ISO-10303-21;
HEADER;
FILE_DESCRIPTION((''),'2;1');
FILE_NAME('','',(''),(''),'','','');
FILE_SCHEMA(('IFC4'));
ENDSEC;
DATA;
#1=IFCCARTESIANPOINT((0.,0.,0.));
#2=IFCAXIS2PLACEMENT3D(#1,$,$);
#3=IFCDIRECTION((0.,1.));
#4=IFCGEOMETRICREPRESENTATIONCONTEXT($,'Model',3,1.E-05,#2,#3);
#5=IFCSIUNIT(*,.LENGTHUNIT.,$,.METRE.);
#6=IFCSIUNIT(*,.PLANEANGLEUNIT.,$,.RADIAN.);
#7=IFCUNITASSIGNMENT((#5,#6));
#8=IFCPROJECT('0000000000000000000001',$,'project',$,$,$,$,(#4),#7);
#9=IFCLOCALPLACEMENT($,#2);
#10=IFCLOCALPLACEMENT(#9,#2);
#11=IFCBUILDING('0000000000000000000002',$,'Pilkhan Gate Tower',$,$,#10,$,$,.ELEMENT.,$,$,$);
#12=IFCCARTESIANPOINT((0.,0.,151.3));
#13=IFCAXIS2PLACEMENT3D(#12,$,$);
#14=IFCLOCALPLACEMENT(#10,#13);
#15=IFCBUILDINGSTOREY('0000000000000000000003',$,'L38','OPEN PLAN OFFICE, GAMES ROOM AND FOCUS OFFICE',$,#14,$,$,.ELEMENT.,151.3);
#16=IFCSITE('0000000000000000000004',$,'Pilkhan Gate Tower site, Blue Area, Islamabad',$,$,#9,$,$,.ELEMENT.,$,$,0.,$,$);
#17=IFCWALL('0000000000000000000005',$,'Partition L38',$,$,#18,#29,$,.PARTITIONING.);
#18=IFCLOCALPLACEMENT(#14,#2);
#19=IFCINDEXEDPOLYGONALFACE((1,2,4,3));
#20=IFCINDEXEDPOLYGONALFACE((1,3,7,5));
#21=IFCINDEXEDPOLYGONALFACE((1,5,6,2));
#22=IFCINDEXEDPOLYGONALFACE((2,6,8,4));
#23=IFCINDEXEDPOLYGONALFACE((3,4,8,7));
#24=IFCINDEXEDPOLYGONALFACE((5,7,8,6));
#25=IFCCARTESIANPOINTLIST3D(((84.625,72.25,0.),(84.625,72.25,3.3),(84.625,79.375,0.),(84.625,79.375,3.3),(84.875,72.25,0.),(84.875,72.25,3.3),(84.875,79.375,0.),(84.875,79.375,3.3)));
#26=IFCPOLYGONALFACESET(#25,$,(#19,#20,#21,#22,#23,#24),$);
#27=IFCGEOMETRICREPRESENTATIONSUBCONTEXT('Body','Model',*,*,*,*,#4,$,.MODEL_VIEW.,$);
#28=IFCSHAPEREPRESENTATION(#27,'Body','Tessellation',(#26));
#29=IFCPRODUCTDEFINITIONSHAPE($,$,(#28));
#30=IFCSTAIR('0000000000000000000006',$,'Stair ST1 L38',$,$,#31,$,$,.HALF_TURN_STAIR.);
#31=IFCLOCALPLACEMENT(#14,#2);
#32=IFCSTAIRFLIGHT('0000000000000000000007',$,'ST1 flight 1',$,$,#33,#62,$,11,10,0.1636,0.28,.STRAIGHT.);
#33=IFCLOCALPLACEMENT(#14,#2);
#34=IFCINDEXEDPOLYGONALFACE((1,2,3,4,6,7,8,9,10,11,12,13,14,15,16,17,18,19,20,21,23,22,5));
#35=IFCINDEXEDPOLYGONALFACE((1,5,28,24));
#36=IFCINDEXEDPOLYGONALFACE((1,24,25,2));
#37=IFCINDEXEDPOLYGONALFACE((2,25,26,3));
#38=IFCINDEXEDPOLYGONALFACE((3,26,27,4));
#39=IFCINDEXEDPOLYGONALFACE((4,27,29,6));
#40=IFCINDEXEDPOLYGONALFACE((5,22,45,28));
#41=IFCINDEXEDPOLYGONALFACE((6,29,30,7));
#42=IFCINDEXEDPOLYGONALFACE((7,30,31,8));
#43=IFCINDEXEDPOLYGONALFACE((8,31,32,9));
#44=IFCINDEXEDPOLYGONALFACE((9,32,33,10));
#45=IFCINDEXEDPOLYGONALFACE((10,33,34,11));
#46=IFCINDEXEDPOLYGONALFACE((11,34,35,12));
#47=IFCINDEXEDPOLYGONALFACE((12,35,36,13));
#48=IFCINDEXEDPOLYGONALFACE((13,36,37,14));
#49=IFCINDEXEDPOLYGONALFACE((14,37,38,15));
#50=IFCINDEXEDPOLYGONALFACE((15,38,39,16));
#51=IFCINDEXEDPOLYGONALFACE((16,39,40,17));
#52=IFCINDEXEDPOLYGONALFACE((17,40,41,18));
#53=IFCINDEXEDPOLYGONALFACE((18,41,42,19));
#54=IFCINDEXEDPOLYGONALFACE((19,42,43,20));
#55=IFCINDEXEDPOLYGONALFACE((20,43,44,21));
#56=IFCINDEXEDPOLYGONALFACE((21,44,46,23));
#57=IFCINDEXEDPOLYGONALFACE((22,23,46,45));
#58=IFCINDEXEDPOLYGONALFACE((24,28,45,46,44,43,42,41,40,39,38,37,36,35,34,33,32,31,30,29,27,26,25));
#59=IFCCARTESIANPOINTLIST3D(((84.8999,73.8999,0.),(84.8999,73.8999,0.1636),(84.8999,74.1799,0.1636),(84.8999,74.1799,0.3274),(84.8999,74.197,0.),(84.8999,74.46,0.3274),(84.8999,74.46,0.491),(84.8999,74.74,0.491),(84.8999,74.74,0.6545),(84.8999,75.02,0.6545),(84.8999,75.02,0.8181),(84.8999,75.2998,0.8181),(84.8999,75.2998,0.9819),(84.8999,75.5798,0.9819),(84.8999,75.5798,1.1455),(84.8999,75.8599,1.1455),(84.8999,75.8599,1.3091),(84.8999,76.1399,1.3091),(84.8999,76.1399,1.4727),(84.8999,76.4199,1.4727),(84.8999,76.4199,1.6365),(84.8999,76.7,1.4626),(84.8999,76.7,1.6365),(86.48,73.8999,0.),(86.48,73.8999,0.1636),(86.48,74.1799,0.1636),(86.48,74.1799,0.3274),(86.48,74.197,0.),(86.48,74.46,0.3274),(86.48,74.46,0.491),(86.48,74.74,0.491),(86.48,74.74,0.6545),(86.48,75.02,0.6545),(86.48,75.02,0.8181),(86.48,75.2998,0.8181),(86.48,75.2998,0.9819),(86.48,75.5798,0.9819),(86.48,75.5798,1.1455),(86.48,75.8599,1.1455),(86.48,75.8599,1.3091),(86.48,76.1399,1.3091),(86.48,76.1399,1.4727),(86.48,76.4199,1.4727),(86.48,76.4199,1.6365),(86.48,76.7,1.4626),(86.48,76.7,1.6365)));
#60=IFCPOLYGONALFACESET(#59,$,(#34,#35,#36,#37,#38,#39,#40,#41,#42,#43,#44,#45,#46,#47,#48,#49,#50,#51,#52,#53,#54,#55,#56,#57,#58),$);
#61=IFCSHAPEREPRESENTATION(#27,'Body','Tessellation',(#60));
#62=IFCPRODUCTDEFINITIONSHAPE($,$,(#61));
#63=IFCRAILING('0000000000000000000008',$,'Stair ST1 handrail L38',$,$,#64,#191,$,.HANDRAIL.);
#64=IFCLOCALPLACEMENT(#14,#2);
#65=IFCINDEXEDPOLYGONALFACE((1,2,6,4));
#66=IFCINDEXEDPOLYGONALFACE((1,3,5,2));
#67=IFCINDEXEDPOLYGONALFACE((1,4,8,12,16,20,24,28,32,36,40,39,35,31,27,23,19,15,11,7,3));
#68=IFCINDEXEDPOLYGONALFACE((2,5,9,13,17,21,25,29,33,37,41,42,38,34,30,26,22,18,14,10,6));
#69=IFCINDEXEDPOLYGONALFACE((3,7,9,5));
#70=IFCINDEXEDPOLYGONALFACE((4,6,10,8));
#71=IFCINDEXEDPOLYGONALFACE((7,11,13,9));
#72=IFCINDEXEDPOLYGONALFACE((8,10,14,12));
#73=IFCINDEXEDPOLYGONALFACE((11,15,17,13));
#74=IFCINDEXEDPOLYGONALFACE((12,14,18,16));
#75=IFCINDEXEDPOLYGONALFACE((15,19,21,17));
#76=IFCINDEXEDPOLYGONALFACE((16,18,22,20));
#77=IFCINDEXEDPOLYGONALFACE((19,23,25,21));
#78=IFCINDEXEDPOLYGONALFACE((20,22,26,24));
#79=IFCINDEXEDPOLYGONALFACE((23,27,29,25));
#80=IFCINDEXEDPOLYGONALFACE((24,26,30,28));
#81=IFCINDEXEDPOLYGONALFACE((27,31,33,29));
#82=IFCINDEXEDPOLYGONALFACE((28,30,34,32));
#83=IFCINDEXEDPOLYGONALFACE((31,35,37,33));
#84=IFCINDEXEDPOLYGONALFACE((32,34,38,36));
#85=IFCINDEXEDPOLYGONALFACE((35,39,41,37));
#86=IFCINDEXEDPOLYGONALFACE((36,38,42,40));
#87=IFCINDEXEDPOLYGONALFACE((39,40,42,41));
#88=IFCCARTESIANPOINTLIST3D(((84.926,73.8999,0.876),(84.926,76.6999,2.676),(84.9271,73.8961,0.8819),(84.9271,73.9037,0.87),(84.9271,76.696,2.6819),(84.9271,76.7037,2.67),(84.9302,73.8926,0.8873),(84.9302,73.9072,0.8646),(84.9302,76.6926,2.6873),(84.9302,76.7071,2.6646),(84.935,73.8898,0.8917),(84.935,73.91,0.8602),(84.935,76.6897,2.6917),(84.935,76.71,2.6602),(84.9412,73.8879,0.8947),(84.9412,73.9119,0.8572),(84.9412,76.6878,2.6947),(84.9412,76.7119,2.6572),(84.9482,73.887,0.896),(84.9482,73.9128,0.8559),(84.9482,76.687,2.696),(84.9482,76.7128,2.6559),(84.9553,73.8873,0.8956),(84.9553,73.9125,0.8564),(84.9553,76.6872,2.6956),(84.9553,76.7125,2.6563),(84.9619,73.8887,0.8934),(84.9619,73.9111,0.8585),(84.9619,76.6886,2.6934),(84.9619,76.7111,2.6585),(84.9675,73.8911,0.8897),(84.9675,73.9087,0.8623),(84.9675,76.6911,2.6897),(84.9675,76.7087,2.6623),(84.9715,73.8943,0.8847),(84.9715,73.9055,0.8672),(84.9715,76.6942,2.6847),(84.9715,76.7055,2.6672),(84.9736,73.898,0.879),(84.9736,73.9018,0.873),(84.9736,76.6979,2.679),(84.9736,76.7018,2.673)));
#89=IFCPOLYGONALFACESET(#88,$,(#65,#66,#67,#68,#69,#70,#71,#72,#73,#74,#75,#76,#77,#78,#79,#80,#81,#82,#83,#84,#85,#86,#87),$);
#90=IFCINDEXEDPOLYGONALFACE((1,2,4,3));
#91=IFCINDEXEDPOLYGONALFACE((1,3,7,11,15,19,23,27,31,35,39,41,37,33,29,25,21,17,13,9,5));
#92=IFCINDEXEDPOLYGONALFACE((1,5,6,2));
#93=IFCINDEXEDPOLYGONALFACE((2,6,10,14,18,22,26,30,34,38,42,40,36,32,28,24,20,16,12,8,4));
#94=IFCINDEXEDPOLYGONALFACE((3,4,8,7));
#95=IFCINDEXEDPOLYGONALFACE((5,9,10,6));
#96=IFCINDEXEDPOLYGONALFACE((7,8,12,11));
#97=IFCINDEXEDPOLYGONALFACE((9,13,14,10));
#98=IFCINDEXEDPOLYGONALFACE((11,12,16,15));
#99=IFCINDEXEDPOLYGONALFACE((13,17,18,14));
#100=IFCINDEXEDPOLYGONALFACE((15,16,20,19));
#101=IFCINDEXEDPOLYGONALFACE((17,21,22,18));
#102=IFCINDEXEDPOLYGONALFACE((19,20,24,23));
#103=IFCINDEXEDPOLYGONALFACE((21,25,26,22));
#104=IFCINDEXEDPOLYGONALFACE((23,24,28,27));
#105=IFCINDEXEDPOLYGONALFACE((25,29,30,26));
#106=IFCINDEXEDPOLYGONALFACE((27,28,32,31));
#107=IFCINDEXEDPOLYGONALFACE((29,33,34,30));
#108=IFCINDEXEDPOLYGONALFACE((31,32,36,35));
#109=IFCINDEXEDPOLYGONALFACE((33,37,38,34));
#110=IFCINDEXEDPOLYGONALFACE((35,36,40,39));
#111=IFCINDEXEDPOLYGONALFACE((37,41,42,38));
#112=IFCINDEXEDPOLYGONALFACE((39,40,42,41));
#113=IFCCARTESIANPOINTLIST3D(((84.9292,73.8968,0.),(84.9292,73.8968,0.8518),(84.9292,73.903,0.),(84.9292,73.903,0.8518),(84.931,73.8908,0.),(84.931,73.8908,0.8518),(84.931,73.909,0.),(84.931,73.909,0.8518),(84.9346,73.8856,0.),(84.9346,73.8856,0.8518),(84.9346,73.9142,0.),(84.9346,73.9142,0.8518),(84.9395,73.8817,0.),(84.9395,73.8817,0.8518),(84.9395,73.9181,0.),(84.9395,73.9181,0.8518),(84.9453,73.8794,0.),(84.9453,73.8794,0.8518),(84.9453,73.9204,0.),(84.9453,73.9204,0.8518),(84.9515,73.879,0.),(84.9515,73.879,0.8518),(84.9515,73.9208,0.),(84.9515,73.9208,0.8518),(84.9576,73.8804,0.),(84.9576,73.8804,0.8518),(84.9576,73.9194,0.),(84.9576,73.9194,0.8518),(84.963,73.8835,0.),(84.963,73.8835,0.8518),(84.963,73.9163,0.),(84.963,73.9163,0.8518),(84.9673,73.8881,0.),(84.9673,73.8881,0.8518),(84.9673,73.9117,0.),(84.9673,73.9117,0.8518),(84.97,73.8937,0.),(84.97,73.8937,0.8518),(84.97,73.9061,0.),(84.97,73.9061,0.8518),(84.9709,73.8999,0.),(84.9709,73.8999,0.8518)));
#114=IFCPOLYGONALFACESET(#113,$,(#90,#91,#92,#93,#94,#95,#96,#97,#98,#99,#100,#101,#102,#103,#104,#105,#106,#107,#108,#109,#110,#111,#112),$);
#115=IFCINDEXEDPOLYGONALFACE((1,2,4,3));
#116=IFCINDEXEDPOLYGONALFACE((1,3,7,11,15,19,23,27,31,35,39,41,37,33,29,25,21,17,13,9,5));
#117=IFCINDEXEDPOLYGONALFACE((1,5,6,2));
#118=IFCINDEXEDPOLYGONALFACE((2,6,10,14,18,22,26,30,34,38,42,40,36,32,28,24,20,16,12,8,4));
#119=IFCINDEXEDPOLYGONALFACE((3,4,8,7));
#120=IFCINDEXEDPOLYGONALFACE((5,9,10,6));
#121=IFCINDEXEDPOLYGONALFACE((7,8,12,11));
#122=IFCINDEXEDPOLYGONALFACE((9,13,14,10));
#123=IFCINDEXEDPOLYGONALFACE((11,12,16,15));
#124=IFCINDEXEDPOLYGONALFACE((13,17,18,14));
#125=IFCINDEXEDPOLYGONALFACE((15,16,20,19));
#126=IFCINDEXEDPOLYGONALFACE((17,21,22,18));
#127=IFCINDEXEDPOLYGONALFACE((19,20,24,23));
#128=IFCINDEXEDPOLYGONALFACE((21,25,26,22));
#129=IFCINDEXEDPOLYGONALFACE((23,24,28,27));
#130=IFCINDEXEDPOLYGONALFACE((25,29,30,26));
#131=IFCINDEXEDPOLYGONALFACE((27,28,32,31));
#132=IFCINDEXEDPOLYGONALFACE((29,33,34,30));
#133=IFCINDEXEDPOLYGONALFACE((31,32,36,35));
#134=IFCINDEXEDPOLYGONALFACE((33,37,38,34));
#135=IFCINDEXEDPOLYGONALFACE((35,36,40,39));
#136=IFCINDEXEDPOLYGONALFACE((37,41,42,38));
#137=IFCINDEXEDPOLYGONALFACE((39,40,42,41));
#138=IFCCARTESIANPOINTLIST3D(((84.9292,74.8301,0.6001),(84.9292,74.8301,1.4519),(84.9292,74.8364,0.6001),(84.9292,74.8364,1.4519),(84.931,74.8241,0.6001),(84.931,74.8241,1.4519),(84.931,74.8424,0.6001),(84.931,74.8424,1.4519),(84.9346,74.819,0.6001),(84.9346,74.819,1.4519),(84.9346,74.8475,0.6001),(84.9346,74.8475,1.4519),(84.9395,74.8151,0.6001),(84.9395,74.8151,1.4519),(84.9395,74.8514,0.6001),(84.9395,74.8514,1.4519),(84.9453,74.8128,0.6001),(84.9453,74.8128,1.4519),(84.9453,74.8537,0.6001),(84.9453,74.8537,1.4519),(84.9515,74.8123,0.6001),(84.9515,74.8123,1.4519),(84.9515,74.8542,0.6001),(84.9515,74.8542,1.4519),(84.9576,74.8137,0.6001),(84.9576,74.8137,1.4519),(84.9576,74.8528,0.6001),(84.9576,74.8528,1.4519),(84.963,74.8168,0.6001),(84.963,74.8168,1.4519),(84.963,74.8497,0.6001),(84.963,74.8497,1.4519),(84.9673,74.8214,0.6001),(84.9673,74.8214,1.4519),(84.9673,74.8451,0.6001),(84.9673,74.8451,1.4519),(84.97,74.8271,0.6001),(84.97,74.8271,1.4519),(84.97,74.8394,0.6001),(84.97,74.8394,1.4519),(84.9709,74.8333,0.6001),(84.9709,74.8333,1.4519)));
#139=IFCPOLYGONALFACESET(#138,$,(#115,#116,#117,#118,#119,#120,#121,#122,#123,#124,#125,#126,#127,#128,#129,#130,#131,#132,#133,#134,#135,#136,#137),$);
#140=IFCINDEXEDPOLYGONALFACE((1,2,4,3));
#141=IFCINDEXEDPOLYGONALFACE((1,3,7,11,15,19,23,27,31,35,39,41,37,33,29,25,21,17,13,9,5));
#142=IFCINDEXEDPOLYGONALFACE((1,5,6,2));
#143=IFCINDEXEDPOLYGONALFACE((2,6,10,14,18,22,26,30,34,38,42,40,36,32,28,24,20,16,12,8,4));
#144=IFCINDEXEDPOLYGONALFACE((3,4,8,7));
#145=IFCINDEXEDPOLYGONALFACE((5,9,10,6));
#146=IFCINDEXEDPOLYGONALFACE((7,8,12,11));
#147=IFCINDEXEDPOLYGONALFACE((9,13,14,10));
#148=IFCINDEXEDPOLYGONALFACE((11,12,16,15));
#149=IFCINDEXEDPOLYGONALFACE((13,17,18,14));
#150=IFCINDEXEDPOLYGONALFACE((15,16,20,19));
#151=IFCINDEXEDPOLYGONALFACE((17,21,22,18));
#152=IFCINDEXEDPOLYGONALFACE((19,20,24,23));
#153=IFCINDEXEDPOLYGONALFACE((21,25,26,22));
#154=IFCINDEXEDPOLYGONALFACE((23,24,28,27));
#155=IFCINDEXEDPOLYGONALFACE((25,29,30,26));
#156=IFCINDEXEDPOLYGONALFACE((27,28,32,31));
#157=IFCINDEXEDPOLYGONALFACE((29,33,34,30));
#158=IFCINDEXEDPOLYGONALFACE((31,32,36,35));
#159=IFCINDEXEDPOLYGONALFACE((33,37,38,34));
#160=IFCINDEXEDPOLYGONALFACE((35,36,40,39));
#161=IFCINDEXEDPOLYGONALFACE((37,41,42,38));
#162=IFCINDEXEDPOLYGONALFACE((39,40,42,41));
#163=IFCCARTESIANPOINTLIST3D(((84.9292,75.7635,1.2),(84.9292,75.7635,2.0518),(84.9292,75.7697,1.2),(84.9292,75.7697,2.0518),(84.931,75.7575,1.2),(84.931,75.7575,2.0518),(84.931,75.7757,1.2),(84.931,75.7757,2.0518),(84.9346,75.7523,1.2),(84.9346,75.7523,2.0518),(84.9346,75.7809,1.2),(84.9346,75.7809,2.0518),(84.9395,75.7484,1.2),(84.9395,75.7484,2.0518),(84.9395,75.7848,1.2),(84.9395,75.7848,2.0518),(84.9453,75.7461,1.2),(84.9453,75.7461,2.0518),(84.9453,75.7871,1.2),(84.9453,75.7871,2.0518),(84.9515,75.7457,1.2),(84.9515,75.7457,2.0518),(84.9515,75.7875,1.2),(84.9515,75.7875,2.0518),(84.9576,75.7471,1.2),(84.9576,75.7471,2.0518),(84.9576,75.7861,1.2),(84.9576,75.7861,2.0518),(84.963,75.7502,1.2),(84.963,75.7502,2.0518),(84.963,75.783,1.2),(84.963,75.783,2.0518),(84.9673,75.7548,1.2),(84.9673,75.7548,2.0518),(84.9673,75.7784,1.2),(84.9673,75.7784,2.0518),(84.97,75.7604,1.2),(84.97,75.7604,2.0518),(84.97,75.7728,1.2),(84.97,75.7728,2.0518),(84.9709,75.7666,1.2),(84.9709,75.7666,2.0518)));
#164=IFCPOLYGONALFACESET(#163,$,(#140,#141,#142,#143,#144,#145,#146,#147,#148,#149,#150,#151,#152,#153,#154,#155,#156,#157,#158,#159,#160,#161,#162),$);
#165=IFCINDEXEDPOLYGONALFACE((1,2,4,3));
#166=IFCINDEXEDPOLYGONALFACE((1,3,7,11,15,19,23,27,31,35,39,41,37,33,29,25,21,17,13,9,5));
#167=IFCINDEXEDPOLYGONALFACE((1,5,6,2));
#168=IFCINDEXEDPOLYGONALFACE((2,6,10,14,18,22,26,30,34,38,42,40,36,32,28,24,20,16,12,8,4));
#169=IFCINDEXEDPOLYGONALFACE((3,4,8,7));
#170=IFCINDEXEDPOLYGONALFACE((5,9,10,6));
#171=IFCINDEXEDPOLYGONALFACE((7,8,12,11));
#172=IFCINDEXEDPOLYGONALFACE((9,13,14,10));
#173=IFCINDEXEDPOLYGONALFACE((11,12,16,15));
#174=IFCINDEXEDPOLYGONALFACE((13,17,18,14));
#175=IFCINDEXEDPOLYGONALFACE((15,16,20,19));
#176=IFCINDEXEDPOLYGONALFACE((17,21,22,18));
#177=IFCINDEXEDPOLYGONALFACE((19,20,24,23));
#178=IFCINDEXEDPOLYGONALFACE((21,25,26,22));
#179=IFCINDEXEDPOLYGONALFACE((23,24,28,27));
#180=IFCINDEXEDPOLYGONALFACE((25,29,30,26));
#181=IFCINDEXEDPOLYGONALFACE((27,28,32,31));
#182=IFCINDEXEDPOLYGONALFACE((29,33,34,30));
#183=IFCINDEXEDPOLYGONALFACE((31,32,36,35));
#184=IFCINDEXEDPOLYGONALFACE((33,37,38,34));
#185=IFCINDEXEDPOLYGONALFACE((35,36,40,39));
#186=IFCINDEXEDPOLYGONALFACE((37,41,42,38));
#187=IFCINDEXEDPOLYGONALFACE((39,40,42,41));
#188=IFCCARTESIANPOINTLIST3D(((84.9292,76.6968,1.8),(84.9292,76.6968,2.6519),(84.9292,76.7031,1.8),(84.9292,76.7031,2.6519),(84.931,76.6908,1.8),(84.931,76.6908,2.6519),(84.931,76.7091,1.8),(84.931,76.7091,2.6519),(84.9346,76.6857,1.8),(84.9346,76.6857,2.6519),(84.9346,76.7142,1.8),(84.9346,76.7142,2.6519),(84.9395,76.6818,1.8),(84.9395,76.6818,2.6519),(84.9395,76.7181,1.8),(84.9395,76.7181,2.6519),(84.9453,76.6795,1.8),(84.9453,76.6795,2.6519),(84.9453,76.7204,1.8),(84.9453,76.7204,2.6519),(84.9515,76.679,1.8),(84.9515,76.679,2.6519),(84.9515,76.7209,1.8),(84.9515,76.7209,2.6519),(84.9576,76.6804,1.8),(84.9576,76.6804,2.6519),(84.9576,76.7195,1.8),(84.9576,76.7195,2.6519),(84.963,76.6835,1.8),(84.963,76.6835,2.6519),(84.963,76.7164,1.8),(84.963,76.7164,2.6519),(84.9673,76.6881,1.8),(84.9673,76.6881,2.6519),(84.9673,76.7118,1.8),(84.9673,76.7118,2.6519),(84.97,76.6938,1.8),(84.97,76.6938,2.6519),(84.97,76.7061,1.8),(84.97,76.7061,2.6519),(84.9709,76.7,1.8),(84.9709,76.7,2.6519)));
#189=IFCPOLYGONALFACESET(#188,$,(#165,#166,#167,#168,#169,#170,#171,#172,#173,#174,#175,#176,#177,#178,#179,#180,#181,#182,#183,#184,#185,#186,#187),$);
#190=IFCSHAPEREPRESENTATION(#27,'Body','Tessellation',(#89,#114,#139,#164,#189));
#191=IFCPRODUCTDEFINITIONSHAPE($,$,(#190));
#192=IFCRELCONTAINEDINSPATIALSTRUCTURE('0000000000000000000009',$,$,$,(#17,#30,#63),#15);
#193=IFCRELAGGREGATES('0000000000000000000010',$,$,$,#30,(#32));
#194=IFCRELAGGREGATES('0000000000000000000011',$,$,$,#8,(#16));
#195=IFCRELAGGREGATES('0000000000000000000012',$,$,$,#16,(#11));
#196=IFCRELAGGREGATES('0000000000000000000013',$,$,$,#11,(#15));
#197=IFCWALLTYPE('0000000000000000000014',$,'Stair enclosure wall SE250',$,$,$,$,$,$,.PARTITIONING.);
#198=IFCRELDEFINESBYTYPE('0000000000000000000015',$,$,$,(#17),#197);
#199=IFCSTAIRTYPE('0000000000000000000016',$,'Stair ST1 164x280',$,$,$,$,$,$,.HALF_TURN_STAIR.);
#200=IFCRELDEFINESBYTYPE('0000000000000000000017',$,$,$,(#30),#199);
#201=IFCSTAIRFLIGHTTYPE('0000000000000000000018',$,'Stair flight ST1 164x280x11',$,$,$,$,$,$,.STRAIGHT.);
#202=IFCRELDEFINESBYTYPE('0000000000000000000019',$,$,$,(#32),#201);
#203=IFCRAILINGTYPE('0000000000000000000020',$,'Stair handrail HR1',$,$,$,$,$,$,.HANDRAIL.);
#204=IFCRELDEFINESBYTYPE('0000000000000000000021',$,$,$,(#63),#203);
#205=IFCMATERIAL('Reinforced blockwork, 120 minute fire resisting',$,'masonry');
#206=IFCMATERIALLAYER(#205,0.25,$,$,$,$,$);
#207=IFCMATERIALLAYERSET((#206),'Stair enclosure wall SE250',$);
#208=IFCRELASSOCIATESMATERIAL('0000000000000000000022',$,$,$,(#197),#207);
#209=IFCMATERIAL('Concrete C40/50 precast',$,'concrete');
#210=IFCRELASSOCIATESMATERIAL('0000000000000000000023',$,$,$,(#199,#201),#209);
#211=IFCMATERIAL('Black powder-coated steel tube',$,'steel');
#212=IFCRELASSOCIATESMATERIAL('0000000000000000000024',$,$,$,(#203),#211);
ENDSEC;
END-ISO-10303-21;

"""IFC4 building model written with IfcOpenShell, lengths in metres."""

from ifc_helpers import new_model, si_unit, direction, frame, frame_2d, origin, origin_2d, place, context, subcontext, project, spatial, polyline, rectangle, circle, outline, extrude, material, layer, layer_set, type_object, element, aggregate, save


model = new_model("IFC4")

# Units and contexts
model_context = context("Model", 3, precision=1e-05, world=origin(), true_north=direction((0.0, 1.0)))
body_context = subcontext(model_context, "Body", "Model", "MODEL_VIEW")
ifc_project = project(units=[si_unit("LENGTHUNIT", "METRE"), si_unit("PLANEANGLEUNIT", "RADIAN")], contexts=[model_context])

# Site, building, storey
site_placement = place(None, origin())
site = spatial("IfcSite", under=ifc_project, at=site_placement, Name="Pilkhan Gate Tower site, Blue Area, Islamabad", CompositionType="ELEMENT", RefElevation=0.0)
building_placement = place(site_placement, origin())
building = spatial("IfcBuilding", under=site, at=building_placement, Name="Pilkhan Gate Tower", CompositionType="ELEMENT")
storey_placement = place(building_placement, frame((0.0, 0.0, 151.3)))
storey = spatial("IfcBuildingStorey", under=building, at=storey_placement, Name="L38", Description="OPEN PLAN OFFICE, GAMES ROOM AND FOCUS OFFICE", CompositionType="ELEMENT", Elevation=151.3)

# Wall
ifc_material_1 = material(Name="Reinforced blockwork, 120 minute fire resisting", Category="masonry")
ifc_layer_1 = layer(ifc_material_1, 0.25)
ifc_layer_set_1 = layer_set([ifc_layer_1], Name="Stair enclosure wall SE250")
wall_type_1 = type_object("IfcWallType", Name="Stair enclosure wall SE250", PredefinedType="PARTITIONING", material=ifc_layer_set_1)
wall_1_placement = place(storey_placement, frame((84.75, 72.25, 0.0), z_axis=(0.0, 0.0, 1.0), x_axis=(0.0, 1.0, 0.0)))
element("IfcWall", 1, at=wall_1_placement, inside=storey, type_object=wall_type_1, Name="Partition L38", PredefinedType="PARTITIONING", context=body_context, shape_type="SweptSolid", body=[
    extrude(rectangle(XDim=7.125, YDim=0.25, at=frame_2d((3.5625, 0.0))), origin(), (0.0, 0.0, 1.0), 3.3),
])

# Stair, stair flight
ifc_material_2 = material(Name="Concrete C40/50 precast", Category="concrete")
stair_type = type_object("IfcStairType", Name="Stair ST1 164x280", PredefinedType="HALF_TURN_STAIR", material=ifc_material_2)
stair_placement = place(storey_placement, origin())
stair = element("IfcStair", 2, at=stair_placement, inside=storey, type_object=stair_type, Name="Stair ST1 L38", PredefinedType="HALF_TURN_STAIR")
stair_flight_type = type_object("IfcStairFlightType", Name="Stair flight ST1 164x280x11", PredefinedType="STRAIGHT", material=ifc_material_2)
stair_flight_placement = place(storey_placement, frame((85.6899, 73.8999, 0.0), z_axis=(0.0, 0.0, 1.0), x_axis=(0.0, 1.0, 0.0)))
stair_flight = element("IfcStairFlight", 3, at=stair_flight_placement, type_object=stair_flight_type, Name="ST1 flight 1", NumberOfRisers=11, NumberOfTreads=10, PredefinedType="STRAIGHT", RiserHeight=0.1636, TreadLength=0.28, context=body_context, shape_type="SweptSolid", body=[
    extrude(outline(polyline([(0.0, 0.0), (0.0, 0.1636), (0.28, 0.1636), (0.28, 0.3274), (0.5601, 0.3274), (0.5601, 0.491), (0.8401, 0.491), (0.8401, 0.6545), (1.1201, 0.6545), (1.1201, 0.8181), (1.3999, 0.8181), (1.3999, 0.9819), (1.6799, 0.9819), (1.6799, 1.1455), (1.96, 1.1455), (1.96, 1.3091), (2.24, 1.3091), (2.24, 1.4727), (2.52, 1.4727), (2.52, 1.6365), (2.8, 1.6365), (2.8, 1.8), (2.8, 1.4626), (0.2971, 0.0), (0.0, 0.0)])), frame((0.0, 0.79, 0.0), z_axis=(0.0, -1.0, 0.0), x_axis=(1.0, 0.0, 0.0)), (0.0, 0.0, 1.0), 1.5801),
])
aggregate(stair, [stair_flight])

# Railing
ifc_material_3 = material(Name="Black powder-coated steel tube", Category="steel")
railing_type = type_object("IfcRailingType", Name="Stair handrail HR1", PredefinedType="HANDRAIL", material=ifc_material_3)
railing_placement = place(storey_placement, frame((84.95, 73.8999, 0.0)))
element("IfcRailing", 4, at=railing_placement, inside=storey, type_object=railing_type, Name="Stair ST1 handrail L38", PredefinedType="HANDRAIL", context=body_context, shape_type="SweptSolid", body=[
    extrude(circle(Radius=0.0239, at=origin_2d()), frame((0.0, 0.0, 0.876), z_axis=(0.0, 0.841176, 0.540761), x_axis=(-1.0, 0.0, 0.0)), (0.0, 0.0, 1.0), 3.3286),
    extrude(circle(Radius=0.021, at=origin_2d()), origin(), (0.0, 0.0, 1.0), 0.8518),
    extrude(circle(Radius=0.021, at=origin_2d()), frame((0.0, 0.9333, 0.6001)), (0.0, 0.0, 1.0), 0.8518),
    extrude(circle(Radius=0.021, at=origin_2d()), frame((0.0, 1.8667, 1.2)), (0.0, 0.0, 1.0), 0.8518),
    extrude(circle(Radius=0.021, at=origin_2d()), frame((0.0, 2.8, 1.8)), (0.0, 0.0, 1.0), 0.8518),
])

save(model, "model.ifc")
